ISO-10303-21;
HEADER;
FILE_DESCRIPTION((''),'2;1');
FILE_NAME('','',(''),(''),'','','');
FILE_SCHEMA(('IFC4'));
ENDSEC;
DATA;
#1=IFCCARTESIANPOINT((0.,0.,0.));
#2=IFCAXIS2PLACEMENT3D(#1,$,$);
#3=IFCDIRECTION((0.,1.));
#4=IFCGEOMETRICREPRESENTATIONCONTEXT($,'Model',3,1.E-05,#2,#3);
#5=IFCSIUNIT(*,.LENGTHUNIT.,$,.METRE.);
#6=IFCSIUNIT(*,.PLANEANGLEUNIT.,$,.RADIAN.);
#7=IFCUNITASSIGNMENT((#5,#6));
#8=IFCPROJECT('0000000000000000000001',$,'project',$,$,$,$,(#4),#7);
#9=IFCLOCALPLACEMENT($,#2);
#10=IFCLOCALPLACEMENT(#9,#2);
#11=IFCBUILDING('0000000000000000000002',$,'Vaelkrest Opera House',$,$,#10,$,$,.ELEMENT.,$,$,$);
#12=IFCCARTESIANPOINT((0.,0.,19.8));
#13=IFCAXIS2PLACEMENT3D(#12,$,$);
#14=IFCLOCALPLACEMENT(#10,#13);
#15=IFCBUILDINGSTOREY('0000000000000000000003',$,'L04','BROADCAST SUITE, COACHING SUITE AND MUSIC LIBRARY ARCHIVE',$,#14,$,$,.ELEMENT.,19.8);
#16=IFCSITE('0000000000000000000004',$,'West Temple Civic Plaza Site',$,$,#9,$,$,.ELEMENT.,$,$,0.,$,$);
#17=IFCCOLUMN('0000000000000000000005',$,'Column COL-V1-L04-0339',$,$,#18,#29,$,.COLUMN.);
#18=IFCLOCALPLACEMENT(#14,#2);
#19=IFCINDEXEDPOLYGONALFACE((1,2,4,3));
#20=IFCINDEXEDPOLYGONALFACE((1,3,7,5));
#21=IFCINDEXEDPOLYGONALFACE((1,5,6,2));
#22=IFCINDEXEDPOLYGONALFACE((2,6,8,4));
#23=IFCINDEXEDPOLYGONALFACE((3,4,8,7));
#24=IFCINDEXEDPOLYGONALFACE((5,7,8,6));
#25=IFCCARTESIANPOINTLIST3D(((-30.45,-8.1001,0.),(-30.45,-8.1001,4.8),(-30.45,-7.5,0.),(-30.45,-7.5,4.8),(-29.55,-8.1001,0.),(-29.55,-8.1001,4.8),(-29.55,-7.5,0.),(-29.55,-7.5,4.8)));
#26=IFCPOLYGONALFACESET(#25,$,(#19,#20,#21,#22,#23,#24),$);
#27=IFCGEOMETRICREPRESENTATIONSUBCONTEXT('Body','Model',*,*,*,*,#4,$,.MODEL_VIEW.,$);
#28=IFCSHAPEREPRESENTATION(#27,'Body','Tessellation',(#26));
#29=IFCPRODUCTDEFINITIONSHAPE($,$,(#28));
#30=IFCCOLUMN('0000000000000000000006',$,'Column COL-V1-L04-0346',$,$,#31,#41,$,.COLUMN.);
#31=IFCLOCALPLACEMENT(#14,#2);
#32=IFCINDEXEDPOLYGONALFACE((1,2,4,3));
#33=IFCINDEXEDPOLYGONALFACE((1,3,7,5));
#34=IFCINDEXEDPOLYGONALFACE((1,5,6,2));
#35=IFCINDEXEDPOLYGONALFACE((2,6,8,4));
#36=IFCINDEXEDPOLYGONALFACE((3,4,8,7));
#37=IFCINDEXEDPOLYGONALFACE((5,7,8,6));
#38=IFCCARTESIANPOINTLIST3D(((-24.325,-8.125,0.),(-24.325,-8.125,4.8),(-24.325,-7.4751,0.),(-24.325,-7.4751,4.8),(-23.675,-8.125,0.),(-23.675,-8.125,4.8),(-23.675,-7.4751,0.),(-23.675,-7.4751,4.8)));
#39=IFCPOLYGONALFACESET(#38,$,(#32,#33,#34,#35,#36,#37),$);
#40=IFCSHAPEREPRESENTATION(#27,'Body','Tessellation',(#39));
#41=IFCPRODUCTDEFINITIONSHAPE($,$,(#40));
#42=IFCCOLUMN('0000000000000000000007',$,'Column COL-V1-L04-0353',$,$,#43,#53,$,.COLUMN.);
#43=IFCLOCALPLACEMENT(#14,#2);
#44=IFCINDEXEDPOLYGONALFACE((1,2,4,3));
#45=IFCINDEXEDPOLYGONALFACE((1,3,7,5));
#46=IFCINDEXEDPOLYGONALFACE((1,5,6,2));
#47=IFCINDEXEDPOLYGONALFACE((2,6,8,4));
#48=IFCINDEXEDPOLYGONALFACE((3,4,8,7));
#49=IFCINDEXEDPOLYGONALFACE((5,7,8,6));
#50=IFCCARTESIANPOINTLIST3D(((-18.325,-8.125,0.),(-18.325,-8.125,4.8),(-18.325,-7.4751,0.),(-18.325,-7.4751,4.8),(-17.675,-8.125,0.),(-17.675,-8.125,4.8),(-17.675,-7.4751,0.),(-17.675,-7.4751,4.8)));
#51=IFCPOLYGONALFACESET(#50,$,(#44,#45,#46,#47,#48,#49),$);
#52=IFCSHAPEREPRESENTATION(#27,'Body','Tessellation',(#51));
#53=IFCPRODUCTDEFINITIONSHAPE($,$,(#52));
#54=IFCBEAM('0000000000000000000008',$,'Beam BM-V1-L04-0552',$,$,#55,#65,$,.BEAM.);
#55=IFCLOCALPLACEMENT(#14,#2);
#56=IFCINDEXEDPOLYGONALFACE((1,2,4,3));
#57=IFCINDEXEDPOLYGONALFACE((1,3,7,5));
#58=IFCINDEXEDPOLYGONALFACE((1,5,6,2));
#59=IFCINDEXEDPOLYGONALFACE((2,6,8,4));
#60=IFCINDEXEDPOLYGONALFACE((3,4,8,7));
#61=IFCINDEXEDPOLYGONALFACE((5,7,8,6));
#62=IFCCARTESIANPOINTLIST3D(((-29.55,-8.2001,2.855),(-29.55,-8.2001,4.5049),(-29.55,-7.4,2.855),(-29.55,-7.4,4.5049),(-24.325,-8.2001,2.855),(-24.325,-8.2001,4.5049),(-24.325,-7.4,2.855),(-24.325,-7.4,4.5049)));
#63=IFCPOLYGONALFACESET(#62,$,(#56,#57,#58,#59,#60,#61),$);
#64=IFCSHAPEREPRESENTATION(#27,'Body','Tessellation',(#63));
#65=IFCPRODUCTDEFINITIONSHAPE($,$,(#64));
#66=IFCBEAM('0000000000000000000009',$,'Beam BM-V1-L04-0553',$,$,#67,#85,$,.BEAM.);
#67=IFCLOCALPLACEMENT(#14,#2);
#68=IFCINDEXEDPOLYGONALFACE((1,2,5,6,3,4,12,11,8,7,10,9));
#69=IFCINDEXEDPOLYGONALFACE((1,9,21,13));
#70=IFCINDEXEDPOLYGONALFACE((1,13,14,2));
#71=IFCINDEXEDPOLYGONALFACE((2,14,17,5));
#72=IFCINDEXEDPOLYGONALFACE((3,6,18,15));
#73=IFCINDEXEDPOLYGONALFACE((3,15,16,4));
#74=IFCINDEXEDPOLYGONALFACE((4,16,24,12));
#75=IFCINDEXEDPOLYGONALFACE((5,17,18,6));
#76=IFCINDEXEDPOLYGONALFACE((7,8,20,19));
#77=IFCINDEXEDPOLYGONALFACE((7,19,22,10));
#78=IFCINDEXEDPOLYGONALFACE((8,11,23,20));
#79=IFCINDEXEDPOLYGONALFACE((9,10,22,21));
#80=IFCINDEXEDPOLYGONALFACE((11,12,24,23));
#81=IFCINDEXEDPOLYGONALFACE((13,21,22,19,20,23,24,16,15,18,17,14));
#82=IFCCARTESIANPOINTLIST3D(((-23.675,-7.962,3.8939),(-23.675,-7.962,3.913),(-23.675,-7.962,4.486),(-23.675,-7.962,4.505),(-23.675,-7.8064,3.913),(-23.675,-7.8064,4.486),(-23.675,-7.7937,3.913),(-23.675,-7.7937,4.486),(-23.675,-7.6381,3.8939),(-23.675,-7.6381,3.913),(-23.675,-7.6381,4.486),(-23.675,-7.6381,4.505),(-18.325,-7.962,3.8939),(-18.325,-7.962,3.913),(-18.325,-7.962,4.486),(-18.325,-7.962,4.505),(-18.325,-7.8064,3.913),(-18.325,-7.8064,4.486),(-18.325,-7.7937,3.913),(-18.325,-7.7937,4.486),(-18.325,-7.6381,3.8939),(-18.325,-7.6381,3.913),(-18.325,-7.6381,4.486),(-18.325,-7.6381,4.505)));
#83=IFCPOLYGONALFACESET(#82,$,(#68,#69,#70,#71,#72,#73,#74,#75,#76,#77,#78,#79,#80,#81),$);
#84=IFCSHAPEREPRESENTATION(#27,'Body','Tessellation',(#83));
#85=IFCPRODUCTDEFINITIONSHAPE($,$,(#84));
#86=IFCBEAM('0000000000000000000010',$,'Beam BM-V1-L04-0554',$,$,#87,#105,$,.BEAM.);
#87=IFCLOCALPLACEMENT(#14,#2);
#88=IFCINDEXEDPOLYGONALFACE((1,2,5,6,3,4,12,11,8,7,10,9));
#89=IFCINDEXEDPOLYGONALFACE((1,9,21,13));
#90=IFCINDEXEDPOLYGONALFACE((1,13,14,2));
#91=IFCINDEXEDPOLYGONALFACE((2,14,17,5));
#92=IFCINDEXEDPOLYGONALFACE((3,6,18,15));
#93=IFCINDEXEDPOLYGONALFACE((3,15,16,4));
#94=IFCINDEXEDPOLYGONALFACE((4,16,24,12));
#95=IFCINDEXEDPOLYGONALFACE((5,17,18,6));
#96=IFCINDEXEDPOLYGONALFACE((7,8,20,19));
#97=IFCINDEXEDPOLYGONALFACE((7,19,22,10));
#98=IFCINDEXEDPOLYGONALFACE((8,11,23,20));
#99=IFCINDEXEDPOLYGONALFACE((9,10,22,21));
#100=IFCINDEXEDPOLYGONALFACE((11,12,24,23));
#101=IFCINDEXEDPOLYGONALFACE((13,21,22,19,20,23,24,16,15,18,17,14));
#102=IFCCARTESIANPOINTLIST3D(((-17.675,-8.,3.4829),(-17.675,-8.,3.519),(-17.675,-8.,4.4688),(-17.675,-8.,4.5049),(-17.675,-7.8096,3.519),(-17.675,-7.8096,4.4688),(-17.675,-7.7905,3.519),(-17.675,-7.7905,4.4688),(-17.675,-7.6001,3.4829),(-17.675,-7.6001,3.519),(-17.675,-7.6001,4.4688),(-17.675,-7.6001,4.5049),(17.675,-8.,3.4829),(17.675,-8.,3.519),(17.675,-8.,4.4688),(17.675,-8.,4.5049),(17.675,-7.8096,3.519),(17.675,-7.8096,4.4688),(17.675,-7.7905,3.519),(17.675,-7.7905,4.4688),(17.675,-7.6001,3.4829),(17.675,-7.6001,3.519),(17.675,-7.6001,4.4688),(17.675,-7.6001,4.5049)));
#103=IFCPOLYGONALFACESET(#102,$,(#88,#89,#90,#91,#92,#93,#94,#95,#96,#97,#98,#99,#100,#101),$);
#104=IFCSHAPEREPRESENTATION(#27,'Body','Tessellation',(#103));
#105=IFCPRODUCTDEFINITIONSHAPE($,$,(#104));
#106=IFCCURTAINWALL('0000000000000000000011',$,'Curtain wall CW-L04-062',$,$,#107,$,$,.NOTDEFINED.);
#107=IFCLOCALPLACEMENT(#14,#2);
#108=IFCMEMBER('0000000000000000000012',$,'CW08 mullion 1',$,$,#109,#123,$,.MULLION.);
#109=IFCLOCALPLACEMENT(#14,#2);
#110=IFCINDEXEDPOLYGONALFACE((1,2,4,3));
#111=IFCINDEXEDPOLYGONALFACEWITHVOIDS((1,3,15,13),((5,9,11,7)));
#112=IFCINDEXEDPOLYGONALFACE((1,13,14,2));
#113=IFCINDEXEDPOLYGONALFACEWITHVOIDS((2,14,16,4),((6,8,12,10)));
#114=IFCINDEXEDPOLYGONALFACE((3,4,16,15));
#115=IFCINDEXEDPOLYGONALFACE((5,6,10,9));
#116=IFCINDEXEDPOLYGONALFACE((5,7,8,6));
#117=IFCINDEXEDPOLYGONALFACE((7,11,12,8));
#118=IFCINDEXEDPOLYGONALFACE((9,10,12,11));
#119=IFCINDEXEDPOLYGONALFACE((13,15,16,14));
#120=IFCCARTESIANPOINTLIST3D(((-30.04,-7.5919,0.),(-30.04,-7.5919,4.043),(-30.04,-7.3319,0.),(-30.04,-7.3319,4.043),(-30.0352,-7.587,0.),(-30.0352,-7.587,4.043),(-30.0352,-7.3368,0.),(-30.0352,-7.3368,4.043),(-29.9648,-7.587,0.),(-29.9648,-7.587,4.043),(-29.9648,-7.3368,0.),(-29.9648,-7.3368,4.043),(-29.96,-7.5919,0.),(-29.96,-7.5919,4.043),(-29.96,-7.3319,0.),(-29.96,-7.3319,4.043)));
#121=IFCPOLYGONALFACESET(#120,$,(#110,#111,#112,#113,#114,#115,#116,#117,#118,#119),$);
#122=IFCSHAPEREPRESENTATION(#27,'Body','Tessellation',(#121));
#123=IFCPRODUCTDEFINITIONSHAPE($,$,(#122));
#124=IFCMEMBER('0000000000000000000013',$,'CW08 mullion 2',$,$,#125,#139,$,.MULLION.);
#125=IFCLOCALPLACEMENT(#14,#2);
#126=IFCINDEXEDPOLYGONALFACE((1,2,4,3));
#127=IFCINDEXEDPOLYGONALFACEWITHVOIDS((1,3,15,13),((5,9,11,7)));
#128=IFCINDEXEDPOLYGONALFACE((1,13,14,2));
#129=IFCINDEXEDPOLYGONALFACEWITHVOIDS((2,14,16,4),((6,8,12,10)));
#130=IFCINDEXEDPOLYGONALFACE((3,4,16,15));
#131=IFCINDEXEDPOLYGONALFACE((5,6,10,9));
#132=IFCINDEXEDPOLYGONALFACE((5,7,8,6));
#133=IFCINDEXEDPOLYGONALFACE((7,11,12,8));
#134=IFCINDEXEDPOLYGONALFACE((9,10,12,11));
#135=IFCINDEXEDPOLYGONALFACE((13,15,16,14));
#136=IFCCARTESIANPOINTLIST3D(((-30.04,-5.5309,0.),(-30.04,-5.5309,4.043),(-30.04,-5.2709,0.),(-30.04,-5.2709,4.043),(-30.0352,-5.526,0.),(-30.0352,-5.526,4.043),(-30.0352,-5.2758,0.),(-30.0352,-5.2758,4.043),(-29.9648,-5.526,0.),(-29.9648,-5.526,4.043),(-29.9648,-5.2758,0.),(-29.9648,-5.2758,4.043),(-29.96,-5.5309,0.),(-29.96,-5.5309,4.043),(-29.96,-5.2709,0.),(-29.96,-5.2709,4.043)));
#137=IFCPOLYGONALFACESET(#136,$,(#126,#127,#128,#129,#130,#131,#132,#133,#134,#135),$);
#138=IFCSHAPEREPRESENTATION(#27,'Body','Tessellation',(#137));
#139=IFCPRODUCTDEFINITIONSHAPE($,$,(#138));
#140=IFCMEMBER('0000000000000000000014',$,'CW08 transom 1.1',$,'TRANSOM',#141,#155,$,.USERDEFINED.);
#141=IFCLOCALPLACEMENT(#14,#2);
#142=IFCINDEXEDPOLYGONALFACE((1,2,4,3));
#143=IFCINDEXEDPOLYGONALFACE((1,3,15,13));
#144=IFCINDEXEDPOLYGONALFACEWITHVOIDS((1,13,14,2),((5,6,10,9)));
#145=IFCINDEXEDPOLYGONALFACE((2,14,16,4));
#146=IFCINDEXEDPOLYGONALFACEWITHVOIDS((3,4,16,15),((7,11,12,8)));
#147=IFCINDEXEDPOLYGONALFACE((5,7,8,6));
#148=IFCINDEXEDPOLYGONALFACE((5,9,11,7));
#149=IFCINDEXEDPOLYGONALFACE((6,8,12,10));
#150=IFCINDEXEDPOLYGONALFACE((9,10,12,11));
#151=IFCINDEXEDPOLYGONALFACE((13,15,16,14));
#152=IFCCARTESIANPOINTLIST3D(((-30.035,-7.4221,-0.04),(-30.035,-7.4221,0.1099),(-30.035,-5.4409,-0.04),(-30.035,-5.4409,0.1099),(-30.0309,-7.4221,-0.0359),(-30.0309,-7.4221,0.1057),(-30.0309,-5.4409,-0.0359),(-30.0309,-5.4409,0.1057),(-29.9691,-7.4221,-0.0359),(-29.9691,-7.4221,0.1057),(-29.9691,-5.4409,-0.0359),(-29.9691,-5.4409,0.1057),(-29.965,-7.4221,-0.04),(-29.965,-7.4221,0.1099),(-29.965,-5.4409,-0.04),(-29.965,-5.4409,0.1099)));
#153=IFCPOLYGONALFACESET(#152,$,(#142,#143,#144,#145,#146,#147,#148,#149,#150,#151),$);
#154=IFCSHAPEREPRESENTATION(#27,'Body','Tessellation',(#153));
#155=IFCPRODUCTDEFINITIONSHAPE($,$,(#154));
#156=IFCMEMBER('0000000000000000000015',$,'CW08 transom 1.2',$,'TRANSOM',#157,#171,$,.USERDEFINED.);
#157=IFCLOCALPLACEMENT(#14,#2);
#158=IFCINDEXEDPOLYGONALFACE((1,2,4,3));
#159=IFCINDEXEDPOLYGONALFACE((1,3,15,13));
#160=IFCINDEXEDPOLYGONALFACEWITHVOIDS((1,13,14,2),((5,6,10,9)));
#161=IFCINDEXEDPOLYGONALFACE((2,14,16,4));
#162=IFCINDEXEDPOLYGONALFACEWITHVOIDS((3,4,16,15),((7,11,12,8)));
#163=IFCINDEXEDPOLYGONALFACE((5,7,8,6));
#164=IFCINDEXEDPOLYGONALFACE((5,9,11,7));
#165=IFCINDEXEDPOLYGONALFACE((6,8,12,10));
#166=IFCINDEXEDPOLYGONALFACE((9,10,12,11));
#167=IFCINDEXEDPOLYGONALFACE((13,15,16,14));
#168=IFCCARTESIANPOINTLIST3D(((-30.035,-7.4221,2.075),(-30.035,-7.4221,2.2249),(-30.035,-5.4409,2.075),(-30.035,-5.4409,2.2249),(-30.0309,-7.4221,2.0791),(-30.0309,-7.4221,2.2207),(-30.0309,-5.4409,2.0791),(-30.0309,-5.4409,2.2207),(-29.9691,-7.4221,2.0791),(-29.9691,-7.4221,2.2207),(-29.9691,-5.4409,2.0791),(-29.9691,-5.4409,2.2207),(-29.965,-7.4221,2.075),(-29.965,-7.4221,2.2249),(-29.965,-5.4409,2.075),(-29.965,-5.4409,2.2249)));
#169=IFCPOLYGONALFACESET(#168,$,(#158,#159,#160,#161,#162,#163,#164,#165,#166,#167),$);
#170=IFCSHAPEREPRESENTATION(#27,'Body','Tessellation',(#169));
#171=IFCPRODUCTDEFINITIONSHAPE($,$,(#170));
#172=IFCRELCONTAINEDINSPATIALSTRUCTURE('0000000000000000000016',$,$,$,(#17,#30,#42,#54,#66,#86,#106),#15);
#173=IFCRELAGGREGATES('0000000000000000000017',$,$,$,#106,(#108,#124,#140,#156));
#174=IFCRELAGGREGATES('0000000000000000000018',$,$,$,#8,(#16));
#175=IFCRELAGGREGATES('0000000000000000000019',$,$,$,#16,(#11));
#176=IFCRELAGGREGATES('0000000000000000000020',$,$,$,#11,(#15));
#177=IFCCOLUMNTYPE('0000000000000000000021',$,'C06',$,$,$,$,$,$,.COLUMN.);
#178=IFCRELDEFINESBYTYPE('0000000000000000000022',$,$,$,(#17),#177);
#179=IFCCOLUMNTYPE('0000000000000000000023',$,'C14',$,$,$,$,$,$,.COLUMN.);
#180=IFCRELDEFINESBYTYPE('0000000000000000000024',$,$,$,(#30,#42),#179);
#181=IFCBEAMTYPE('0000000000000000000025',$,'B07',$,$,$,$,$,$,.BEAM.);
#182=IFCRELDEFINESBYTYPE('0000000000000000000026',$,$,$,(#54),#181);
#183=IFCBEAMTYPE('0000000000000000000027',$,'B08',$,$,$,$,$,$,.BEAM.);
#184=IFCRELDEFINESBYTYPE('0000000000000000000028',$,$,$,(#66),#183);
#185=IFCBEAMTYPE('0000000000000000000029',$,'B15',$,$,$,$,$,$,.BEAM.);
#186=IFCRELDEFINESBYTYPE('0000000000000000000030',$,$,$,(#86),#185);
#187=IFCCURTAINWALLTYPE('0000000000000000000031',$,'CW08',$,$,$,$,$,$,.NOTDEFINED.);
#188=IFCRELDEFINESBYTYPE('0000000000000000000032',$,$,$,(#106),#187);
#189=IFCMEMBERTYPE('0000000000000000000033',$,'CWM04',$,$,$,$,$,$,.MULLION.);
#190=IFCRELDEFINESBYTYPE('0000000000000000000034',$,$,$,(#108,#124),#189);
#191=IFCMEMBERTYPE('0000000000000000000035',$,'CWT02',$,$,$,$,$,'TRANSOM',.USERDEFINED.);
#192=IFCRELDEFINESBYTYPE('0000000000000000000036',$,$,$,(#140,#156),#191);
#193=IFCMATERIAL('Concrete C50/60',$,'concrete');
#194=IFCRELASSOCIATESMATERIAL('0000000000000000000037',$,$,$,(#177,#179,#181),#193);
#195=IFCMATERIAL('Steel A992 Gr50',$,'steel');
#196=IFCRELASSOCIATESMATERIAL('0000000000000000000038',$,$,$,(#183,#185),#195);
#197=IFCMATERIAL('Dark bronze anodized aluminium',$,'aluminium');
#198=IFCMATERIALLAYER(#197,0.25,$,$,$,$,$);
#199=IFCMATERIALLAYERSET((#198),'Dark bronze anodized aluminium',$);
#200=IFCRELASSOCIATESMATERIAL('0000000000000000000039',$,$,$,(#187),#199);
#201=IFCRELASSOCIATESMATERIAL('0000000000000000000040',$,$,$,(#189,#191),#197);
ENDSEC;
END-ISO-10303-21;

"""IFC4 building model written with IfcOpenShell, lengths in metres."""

from ifc_helpers import new_model, si_unit, direction, frame, origin, origin_2d, place, context, subcontext, project, spatial, rectangle, hollow_rectangle, i_section, extrude, material, layer, layer_set, material_profile, profile_set, type_object, element, aggregate, save


model = new_model("IFC4")

# Units and contexts
model_context = context("Model", 3, precision=1e-05, world=origin(), true_north=direction((0.0, 1.0)))
body_context = subcontext(model_context, "Body", "Model", "MODEL_VIEW")
ifc_project = project(units=[si_unit("LENGTHUNIT", "METRE"), si_unit("PLANEANGLEUNIT", "RADIAN")], contexts=[model_context])

# Site, building, storey
site_placement = place(None, origin())
site = spatial("IfcSite", under=ifc_project, at=site_placement, Name="West Temple Civic Plaza Site", CompositionType="ELEMENT", RefElevation=0.0)
building_placement = place(site_placement, origin())
building = spatial("IfcBuilding", under=site, at=building_placement, Name="Vaelkrest Opera House", CompositionType="ELEMENT")
storey_placement = place(building_placement, frame((0.0, 0.0, 19.8)))
storey = spatial("IfcBuildingStorey", under=building, at=storey_placement, Name="L04", Description="BROADCAST SUITE, COACHING SUITE AND MUSIC LIBRARY ARCHIVE", CompositionType="ELEMENT", Elevation=19.8)

# Columns
ifc_material_1 = material(Name="Concrete C50/60", Category="concrete")
ifc_material_profile_1 = material_profile(ifc_material_1, rectangle(XDim=0.6001, YDim=0.8999, at=origin_2d()), Name="RC600X900")
ifc_profile_set_1 = profile_set([ifc_material_profile_1], Name="Concrete C50/60")
column_type_1 = type_object("IfcColumnType", Name="C06", PredefinedType="COLUMN", material=ifc_profile_set_1)
column_placement = place(storey_placement, frame((-30.0, -7.8, 0.0), z_axis=(0.0, 0.0, 1.0), x_axis=(0.0, 1.0, 0.0)))
element("IfcColumn", 1, at=column_placement, inside=storey, type_object=column_type_1, Name="Column COL-V1-L04-0339", PredefinedType="COLUMN", context=body_context, shape_type="SweptSolid", body=[
    extrude(rectangle(XDim=0.6001, YDim=0.8999, at=origin_2d()), origin(), (0.0, 0.0, 1.0), 4.8),
])
ifc_material_profile_2 = material_profile(ifc_material_1, rectangle(XDim=0.6499, YDim=0.6499, at=origin_2d()), Name="RC650X650")
ifc_profile_set_2 = profile_set([ifc_material_profile_2], Name="Concrete C50/60")
column_type_2 = type_object("IfcColumnType", Name="C14", PredefinedType="COLUMN", material=ifc_profile_set_2)
for number, where, z_axis, x_axis, name in (
    (2, (-24.0, -7.8, 0.0), (0.0, 0.0, 1.0), (1.0, 0.0, 0.0), "Column COL-V1-L04-0346"),
    (3, (-18.0, -7.8, 0.0), (0.0, 0.0, 1.0), (1.0, 0.0, 0.0), "Column COL-V1-L04-0353"),
):
    element("IfcColumn", number, at=place(storey_placement, frame(where, z_axis=z_axis, x_axis=x_axis)), inside=storey, type_object=column_type_2, Name=name, PredefinedType="COLUMN", context=body_context, shape_type="SweptSolid", body=[
        extrude(rectangle(XDim=0.6499, YDim=0.6499, at=origin_2d()), origin(), (0.0, 0.0, 1.0), 4.8),
    ])

# Beams
ifc_material_profile_3 = material_profile(ifc_material_1, rectangle(XDim=0.8, YDim=1.6499, at=origin_2d()), Name="RCB800X1650")
ifc_profile_set_3 = profile_set([ifc_material_profile_3], Name="Concrete C50/60")
beam_type_1 = type_object("IfcBeamType", Name="B07", PredefinedType="BEAM", material=ifc_profile_set_3)
beam_1_placement = place(storey_placement, frame((-29.55, -7.8, 3.6799), z_axis=(1.0, 0.0, 0.0), x_axis=(0.0, 1.0, 0.0)))
element("IfcBeam", 4, at=beam_1_placement, inside=storey, type_object=beam_type_1, Name="Beam BM-V1-L04-0552", PredefinedType="BEAM", context=body_context, shape_type="SweptSolid", body=[
    extrude(rectangle(XDim=0.8, YDim=1.6499, at=origin_2d()), origin(), (0.0, 0.0, 1.0), 5.2251),
])
ifc_material_2 = material(Name="Steel A992 Gr50", Category="steel")
ifc_material_profile_4 = material_profile(ifc_material_2, i_section(OverallWidth=0.324, OverallDepth=0.6111, WebThickness=0.0127, FlangeThickness=0.019, at=origin_2d()), Name="W24X104")
ifc_profile_set_4 = profile_set([ifc_material_profile_4], Name="Steel A992 Gr50")
beam_type_2 = type_object("IfcBeamType", Name="B08", PredefinedType="BEAM", material=ifc_profile_set_4)
beam_2_placement = place(storey_placement, frame((-23.675, -7.8, 4.1995), z_axis=(1.0, 0.0, 0.0), x_axis=(0.0, 1.0, 0.0)))
element("IfcBeam", 5, at=beam_2_placement, inside=storey, type_object=beam_type_2, Name="Beam BM-V1-L04-0553", PredefinedType="BEAM", context=body_context, shape_type="SweptSolid", body=[
    extrude(i_section(OverallWidth=0.324, OverallDepth=0.6111, WebThickness=0.0127, FlangeThickness=0.019, at=origin_2d()), origin(), (0.0, 0.0, 1.0), 5.3501),
])
ifc_material_profile_5 = material_profile(ifc_material_2, i_section(OverallWidth=0.3999, OverallDepth=1.022, WebThickness=0.019, FlangeThickness=0.0361, at=origin_2d()), Name="W40X249")
ifc_profile_set_5 = profile_set([ifc_material_profile_5], Name="Steel A992 Gr50")
beam_type_3 = type_object("IfcBeamType", Name="B15", PredefinedType="BEAM", material=ifc_profile_set_5)
beam_3_placement = place(storey_placement, frame((-17.675, -7.8, 3.9939), z_axis=(1.0, 0.0, 0.0), x_axis=(0.0, 1.0, 0.0)))
element("IfcBeam", 6, at=beam_3_placement, inside=storey, type_object=beam_type_3, Name="Beam BM-V1-L04-0554", PredefinedType="BEAM", context=body_context, shape_type="SweptSolid", body=[
    extrude(i_section(OverallWidth=0.3999, OverallDepth=1.022, WebThickness=0.019, FlangeThickness=0.0361, at=origin_2d()), origin(), (0.0, 0.0, 1.0), 35.3501),
])

# Curtain wall, members
ifc_material_3 = material(Name="Dark bronze anodized aluminium", Category="aluminium")
ifc_layer_1 = layer(ifc_material_3, 0.25)
ifc_layer_set_1 = layer_set([ifc_layer_1], Name="Dark bronze anodized aluminium")
curtain_wall_type = type_object("IfcCurtainWallType", Name="CW08", PredefinedType="NOTDEFINED", material=ifc_layer_set_1)
curtain_wall_placement = place(storey_placement, origin())
curtain_wall = element("IfcCurtainWall", 7, at=curtain_wall_placement, inside=storey, type_object=curtain_wall_type, Name="Curtain wall CW-L04-062", PredefinedType="NOTDEFINED")
ifc_material_profile_6 = material_profile(ifc_material_3, hollow_rectangle(XDim=0.0801, YDim=0.26, WallThickness=0.0049, at=origin_2d()), Name="CWM80X260")
ifc_profile_set_6 = profile_set([ifc_material_profile_6], Name="Dark bronze anodized aluminium")
member_type_1 = type_object("IfcMemberType", Name="CWM04", PredefinedType="MULLION", material=ifc_profile_set_6)
member_1_placement = place(storey_placement, frame((-30.0, -7.4619, 0.0), z_axis=(0.0, 0.0, 1.0), x_axis=(-1.0, 0.0, 0.0)))
member_1 = element("IfcMember", 8, at=member_1_placement, type_object=member_type_1, Name="CW08 mullion 1", PredefinedType="MULLION", context=body_context, shape_type="SweptSolid", body=[
    extrude(hollow_rectangle(XDim=0.0801, YDim=0.26, WallThickness=0.0049, at=origin_2d()), origin(), (0.0, 0.0, 1.0), 4.043),
])
member_2_placement = place(storey_placement, frame((-30.0, -5.4009, 0.0), z_axis=(0.0, 0.0, 1.0), x_axis=(-1.0, 0.0, 0.0)))
member_2 = element("IfcMember", 9, at=member_2_placement, type_object=member_type_1, Name="CW08 mullion 2", PredefinedType="MULLION", context=body_context, shape_type="SweptSolid", body=[
    extrude(hollow_rectangle(XDim=0.0801, YDim=0.26, WallThickness=0.0049, at=origin_2d()), origin(), (0.0, 0.0, 1.0), 4.043),
])
ifc_material_profile_7 = material_profile(ifc_material_3, hollow_rectangle(XDim=0.0701, YDim=0.1499, WallThickness=0.0042, at=origin_2d()), Name="CWT70X150")
ifc_profile_set_7 = profile_set([ifc_material_profile_7], Name="Dark bronze anodized aluminium")
member_type_2 = type_object("IfcMemberType", Name="CWT02", ElementType="TRANSOM", PredefinedType="USERDEFINED", material=ifc_profile_set_7)
member_3_placement = place(storey_placement, frame((-30.0, -7.4221, 0.0349), z_axis=(0.0, 1.0, 0.0), x_axis=(-1.0, 0.0, 0.0)))
member_3 = element("IfcMember", 10, at=member_3_placement, type_object=member_type_2, Name="CW08 transom 1.1", ObjectType="TRANSOM", PredefinedType="USERDEFINED", context=body_context, shape_type="SweptSolid", body=[
    extrude(hollow_rectangle(XDim=0.0701, YDim=0.1499, WallThickness=0.0042, at=origin_2d()), origin(), (0.0, 0.0, 1.0), 1.9812),
])
member_4_placement = place(storey_placement, frame((-30.0, -7.4221, 2.1499), z_axis=(0.0, 1.0, 0.0), x_axis=(-1.0, 0.0, 0.0)))
member_4 = element("IfcMember", 11, at=member_4_placement, type_object=member_type_2, Name="CW08 transom 1.2", ObjectType="TRANSOM", PredefinedType="USERDEFINED", context=body_context, shape_type="SweptSolid", body=[
    extrude(hollow_rectangle(XDim=0.0701, YDim=0.1499, WallThickness=0.0042, at=origin_2d()), origin(), (0.0, 0.0, 1.0), 1.9812),
])
aggregate(curtain_wall, [member_1, member_2, member_3, member_4])

save(model, "model.ifc")
